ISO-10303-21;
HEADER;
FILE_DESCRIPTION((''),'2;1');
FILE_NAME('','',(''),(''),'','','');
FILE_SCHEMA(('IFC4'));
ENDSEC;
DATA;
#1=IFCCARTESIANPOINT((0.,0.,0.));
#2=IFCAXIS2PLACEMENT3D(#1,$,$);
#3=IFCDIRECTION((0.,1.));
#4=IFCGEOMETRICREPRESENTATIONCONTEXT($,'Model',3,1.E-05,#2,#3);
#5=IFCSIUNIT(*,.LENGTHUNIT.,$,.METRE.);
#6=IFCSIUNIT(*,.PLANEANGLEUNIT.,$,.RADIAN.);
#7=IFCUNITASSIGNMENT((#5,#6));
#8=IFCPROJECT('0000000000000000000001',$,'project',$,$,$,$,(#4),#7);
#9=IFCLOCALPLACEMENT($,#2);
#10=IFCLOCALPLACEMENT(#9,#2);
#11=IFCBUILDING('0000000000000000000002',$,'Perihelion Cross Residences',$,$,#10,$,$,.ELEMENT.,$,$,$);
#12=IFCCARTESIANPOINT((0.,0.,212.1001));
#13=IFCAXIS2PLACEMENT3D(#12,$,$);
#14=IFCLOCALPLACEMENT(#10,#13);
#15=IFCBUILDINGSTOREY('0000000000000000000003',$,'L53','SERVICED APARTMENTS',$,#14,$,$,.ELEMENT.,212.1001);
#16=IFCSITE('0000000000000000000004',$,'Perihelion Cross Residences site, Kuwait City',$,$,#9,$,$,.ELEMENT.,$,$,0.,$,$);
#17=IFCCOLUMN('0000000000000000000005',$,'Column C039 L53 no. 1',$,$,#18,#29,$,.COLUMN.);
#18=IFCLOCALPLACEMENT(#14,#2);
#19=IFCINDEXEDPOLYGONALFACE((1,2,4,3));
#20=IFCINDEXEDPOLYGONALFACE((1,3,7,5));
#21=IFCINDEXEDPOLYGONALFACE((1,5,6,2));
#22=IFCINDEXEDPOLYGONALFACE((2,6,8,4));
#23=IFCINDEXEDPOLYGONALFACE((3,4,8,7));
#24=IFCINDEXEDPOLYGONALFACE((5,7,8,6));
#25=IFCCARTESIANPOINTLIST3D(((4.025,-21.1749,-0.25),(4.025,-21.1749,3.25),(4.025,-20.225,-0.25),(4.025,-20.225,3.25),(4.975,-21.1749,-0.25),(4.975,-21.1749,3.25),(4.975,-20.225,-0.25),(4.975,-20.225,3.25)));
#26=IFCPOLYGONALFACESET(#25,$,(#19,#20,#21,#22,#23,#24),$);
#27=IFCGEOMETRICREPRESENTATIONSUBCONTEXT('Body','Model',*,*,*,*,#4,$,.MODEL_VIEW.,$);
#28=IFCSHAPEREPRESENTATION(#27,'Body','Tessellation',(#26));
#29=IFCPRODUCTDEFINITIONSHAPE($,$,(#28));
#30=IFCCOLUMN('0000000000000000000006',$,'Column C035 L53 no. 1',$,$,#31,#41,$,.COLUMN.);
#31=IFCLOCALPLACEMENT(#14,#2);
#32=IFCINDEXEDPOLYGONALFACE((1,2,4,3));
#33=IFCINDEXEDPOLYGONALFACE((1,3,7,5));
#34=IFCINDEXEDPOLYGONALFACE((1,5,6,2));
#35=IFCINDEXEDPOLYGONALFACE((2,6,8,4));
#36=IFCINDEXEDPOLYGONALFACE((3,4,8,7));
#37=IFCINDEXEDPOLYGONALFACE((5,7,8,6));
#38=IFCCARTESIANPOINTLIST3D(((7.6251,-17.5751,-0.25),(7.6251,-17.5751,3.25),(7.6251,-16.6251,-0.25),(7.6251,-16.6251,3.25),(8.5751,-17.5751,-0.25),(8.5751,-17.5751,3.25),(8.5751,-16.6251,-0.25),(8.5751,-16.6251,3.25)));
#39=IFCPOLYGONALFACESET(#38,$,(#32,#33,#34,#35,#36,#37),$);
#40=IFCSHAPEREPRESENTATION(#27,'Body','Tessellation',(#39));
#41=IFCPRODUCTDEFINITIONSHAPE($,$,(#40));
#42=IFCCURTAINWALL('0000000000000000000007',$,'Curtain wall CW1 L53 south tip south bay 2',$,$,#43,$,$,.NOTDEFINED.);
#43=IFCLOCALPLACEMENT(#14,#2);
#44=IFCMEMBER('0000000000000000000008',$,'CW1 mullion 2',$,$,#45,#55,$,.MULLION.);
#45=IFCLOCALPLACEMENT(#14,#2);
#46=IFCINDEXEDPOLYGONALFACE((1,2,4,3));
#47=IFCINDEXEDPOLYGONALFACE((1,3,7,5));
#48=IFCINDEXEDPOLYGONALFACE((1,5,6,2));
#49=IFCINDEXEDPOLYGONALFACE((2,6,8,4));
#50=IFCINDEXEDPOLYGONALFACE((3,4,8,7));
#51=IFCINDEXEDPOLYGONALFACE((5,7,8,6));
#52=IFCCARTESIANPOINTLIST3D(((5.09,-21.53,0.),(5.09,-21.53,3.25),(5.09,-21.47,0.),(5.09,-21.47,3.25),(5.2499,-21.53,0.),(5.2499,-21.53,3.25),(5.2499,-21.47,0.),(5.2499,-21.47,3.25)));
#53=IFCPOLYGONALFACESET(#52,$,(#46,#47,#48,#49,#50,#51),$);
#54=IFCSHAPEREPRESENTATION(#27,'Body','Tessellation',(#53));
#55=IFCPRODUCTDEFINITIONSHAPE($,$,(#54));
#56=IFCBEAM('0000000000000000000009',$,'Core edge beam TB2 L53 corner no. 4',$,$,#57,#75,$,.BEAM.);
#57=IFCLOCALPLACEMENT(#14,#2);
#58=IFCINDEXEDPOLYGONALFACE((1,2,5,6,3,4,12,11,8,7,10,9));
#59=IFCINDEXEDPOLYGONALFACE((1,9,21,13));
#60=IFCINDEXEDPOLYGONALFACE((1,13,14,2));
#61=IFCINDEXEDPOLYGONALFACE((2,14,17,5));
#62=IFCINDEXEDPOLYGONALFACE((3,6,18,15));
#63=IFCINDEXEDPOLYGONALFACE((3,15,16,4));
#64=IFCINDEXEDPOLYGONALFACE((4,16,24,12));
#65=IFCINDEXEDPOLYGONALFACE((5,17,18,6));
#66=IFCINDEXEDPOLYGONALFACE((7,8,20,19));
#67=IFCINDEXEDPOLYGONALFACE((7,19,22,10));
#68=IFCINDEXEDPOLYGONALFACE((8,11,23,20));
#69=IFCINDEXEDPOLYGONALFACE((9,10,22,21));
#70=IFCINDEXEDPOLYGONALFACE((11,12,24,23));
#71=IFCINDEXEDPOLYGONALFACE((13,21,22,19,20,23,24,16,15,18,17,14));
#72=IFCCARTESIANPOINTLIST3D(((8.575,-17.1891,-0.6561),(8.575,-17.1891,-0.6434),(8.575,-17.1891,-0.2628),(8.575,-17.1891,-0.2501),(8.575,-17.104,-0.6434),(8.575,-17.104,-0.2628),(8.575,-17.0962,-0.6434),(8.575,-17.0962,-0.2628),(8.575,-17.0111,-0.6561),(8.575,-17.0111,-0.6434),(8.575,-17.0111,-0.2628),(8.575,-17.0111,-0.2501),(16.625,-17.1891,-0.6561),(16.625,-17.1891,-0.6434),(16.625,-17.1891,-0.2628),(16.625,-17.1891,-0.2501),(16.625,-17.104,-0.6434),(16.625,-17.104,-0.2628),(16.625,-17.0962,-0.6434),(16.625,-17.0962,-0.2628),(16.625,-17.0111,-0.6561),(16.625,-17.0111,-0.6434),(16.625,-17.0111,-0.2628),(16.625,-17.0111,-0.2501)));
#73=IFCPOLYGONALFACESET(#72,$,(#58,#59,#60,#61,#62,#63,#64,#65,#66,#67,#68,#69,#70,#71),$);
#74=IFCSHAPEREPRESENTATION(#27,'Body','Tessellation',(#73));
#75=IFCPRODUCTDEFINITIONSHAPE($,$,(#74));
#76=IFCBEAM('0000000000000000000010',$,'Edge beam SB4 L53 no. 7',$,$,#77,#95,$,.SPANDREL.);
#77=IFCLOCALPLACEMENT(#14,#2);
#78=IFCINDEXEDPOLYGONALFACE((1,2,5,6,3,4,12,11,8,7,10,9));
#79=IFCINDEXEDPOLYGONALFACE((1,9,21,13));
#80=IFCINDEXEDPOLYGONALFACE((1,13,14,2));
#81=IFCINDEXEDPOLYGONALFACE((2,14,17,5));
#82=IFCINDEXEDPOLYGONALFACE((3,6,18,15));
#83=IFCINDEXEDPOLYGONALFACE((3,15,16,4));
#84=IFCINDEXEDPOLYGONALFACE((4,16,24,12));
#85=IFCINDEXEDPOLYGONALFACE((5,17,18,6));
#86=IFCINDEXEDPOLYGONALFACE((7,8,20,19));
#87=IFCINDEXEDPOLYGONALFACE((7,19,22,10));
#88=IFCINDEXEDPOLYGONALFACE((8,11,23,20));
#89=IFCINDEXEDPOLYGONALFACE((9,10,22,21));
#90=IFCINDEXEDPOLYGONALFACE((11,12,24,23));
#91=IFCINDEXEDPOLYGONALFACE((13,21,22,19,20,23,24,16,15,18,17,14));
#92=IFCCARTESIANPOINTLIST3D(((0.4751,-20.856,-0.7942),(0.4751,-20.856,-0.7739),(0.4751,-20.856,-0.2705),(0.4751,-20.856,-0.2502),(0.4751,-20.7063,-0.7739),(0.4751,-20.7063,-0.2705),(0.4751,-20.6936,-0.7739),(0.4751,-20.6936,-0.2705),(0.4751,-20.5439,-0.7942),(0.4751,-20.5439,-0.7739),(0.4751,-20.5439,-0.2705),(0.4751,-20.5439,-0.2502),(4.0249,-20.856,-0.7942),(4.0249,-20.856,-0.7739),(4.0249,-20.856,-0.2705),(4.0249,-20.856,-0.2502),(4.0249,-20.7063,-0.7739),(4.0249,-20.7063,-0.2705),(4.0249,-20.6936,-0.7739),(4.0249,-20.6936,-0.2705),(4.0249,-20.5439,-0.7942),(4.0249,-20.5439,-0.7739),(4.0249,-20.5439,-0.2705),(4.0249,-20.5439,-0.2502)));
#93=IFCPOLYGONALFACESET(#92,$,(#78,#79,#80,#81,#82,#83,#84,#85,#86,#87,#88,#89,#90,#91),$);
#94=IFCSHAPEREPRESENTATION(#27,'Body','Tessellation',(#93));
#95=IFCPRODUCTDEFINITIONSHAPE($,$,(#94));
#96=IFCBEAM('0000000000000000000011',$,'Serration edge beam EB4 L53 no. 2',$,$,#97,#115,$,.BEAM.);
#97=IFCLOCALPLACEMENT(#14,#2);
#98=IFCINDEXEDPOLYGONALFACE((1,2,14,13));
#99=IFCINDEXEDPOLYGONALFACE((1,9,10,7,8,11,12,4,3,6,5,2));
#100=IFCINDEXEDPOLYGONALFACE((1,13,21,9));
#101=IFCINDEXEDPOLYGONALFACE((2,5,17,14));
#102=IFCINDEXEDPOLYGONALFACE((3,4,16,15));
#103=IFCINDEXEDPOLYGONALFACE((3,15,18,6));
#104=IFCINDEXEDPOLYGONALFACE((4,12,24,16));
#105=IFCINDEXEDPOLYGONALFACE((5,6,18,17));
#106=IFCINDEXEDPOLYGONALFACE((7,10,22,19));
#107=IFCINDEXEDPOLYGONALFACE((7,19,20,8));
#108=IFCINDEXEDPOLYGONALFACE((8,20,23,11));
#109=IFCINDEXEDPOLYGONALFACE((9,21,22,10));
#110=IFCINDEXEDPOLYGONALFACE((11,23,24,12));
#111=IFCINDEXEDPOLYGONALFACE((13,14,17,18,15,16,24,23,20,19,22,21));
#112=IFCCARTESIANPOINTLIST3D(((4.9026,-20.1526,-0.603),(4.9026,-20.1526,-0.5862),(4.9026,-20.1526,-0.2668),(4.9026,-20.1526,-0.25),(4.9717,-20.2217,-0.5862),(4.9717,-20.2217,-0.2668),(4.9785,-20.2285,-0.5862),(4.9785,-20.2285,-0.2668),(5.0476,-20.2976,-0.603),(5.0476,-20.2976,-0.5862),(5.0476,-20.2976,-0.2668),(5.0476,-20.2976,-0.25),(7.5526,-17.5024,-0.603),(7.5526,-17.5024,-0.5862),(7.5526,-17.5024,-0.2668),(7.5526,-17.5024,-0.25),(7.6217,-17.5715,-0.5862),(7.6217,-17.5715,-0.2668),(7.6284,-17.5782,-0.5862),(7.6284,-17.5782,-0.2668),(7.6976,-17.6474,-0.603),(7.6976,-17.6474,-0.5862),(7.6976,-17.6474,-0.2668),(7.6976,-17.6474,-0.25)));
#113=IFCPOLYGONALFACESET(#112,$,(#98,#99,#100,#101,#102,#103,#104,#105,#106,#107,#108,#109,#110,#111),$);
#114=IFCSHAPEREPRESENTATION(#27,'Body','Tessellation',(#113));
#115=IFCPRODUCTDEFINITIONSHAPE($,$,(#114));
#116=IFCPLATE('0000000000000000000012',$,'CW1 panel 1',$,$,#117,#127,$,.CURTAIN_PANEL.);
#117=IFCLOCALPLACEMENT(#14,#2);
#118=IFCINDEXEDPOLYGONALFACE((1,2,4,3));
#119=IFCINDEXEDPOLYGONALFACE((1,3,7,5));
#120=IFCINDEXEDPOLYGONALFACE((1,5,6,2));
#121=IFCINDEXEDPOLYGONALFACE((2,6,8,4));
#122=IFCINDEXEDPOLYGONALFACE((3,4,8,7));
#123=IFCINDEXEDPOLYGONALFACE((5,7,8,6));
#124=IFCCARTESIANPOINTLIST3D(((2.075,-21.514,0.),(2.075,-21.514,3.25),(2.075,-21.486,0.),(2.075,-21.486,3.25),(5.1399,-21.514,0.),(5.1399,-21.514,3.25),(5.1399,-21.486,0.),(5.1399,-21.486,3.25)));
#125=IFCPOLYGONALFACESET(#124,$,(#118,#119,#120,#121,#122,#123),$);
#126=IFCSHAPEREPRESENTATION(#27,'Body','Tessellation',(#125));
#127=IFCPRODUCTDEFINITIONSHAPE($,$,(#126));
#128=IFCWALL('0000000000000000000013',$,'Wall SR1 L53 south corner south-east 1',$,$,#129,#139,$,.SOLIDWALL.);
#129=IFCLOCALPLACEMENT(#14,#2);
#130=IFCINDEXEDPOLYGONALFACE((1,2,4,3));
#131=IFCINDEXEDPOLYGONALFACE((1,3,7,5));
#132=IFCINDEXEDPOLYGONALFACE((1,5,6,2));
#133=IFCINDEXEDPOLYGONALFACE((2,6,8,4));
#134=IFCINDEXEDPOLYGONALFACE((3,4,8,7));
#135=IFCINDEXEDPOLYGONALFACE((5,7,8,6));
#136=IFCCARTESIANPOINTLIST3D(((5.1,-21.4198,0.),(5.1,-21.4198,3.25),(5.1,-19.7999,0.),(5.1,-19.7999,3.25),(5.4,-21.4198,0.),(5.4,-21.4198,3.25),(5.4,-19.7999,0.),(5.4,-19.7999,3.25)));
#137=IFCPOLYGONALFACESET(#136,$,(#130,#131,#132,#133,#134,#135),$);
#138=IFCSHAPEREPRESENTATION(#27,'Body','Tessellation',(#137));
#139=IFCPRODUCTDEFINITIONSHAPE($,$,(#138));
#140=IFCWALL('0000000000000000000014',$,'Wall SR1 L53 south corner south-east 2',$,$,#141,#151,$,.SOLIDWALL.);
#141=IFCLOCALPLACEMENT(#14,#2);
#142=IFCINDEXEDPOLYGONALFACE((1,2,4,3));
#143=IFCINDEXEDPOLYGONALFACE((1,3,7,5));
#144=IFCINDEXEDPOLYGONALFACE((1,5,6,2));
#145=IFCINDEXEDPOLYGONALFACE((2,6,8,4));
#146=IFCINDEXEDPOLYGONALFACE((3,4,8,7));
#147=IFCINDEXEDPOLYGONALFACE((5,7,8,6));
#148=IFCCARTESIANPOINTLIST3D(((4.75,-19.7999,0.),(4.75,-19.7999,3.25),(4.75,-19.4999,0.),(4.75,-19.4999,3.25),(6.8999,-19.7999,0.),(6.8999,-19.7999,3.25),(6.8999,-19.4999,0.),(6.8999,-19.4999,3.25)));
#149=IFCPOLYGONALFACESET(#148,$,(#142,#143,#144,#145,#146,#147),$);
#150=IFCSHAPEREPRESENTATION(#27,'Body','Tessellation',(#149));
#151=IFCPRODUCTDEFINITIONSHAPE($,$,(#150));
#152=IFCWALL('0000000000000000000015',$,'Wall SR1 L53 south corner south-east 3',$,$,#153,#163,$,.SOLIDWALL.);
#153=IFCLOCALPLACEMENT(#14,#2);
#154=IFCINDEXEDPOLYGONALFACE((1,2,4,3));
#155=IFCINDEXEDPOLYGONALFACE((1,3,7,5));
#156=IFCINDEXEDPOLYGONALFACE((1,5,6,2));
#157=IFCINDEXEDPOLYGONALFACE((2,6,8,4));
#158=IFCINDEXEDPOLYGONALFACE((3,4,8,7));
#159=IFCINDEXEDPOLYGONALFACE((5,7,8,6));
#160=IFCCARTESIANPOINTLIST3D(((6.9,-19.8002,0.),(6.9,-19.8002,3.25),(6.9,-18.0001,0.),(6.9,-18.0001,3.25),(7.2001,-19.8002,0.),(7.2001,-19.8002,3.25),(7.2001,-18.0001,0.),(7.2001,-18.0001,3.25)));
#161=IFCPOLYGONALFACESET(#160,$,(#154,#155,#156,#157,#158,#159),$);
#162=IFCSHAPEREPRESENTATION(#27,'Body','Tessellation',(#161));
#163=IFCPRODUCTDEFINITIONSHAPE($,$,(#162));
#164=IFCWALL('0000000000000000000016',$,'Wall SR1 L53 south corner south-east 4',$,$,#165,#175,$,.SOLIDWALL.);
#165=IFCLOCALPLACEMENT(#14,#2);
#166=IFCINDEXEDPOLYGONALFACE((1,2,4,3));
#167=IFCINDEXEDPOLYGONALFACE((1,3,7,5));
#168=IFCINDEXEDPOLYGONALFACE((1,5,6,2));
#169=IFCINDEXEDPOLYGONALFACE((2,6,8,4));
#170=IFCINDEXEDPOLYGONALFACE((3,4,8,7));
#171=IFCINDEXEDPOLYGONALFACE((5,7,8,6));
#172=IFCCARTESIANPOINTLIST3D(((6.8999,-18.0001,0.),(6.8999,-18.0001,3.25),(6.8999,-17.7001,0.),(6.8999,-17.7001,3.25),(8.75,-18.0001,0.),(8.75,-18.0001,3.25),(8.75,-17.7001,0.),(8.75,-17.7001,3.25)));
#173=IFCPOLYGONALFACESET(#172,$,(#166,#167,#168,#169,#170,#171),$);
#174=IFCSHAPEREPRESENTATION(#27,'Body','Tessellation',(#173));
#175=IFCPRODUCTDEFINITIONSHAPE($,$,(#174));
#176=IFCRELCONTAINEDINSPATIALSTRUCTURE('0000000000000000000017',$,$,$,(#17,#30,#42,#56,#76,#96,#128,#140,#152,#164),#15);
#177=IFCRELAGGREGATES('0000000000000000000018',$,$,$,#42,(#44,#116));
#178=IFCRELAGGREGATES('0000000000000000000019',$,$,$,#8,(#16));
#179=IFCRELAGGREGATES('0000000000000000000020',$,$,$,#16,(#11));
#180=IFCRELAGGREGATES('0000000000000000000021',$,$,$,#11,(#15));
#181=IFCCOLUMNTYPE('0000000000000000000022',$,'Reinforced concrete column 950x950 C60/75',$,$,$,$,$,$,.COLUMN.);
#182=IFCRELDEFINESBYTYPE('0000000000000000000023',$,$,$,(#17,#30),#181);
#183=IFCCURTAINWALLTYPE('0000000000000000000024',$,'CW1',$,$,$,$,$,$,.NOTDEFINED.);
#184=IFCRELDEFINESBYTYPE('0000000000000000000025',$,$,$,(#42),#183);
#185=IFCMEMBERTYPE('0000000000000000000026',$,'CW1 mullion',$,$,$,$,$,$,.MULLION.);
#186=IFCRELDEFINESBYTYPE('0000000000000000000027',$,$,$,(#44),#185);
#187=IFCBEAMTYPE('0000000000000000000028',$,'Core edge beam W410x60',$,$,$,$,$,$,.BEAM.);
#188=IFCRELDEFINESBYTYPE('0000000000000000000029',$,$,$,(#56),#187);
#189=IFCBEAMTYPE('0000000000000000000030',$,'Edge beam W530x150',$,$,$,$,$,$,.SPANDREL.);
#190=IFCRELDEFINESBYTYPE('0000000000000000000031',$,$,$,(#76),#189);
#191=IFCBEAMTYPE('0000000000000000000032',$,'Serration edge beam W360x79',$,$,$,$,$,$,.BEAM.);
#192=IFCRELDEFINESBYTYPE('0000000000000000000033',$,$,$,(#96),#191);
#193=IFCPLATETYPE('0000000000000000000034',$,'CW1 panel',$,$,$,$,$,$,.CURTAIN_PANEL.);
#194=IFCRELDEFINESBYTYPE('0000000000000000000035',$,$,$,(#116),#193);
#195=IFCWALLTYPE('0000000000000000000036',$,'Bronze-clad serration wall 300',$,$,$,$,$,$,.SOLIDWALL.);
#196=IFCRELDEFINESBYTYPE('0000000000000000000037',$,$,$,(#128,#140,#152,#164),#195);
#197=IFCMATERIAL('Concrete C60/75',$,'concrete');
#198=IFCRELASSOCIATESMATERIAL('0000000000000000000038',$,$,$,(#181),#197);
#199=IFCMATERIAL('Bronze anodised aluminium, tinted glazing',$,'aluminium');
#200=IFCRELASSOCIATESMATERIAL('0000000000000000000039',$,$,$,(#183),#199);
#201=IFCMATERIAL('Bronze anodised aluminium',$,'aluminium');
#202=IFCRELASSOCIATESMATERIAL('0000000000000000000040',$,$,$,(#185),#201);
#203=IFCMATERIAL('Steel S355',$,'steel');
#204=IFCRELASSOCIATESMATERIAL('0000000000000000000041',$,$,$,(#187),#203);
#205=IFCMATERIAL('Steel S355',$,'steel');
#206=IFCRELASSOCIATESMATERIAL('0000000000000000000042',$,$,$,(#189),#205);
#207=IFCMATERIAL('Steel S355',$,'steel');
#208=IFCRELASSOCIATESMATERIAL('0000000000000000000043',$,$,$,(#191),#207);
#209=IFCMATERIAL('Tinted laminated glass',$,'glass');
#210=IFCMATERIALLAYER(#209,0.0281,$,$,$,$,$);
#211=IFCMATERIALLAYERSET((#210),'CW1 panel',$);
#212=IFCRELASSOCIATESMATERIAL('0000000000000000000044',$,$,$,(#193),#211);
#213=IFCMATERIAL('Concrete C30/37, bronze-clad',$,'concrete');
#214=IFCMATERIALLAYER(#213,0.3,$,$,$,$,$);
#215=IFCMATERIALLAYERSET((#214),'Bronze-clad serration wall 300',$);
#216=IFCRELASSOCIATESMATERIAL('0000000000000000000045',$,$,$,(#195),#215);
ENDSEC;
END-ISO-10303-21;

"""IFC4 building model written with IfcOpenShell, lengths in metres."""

from ifc_helpers import new_model, si_unit, direction, frame, frame_2d, origin, origin_2d, place, context, subcontext, project, spatial, rectangle, i_section, extrude, material, layer, layer_set, material_profile, profile_set, type_object, element, aggregate, save


model = new_model("IFC4")

# Units and contexts
model_context = context("Model", 3, precision=1e-05, world=origin(), true_north=direction((0.0, 1.0)))
body_context = subcontext(model_context, "Body", "Model", "MODEL_VIEW")
ifc_project = project(units=[si_unit("LENGTHUNIT", "METRE"), si_unit("PLANEANGLEUNIT", "RADIAN")], contexts=[model_context])

# Site, building, storey
site_placement = place(None, origin())
site = spatial("IfcSite", under=ifc_project, at=site_placement, Name="Perihelion Cross Residences site, Kuwait City", CompositionType="ELEMENT", RefElevation=0.0)
building_placement = place(site_placement, origin())
building = spatial("IfcBuilding", under=site, at=building_placement, Name="Perihelion Cross Residences", CompositionType="ELEMENT")
storey_placement = place(building_placement, frame((0.0, 0.0, 212.1001)))
storey = spatial("IfcBuildingStorey", under=building, at=storey_placement, Name="L53", Description="SERVICED APARTMENTS", CompositionType="ELEMENT", Elevation=212.1001)

# Columns
ifc_material_1 = material(Name="Concrete C60/75", Category="concrete")
ifc_material_profile_1 = material_profile(ifc_material_1, rectangle(XDim=0.95, YDim=0.95, at=origin_2d()), Name="RC 950x950")
ifc_profile_set_1 = profile_set([ifc_material_profile_1], Name="Concrete C60/75")
column_type = type_object("IfcColumnType", Name="Reinforced concrete column 950x950 C60/75", PredefinedType="COLUMN", material=ifc_profile_set_1)
for number, where, z_axis, x_axis, name in (
    (1, (4.5, -20.7, -0.25), (0.0, 0.0, 1.0), (1.0, 0.0, 0.0), "Column C039 L53 no. 1"),
    (2, (8.1001, -17.1001, -0.25), (0.0, 0.0, 1.0), (1.0, 0.0, 0.0), "Column C035 L53 no. 1"),
):
    element("IfcColumn", number, at=place(storey_placement, frame(where, z_axis=z_axis, x_axis=x_axis)), inside=storey, type_object=column_type, Name=name, PredefinedType="COLUMN", context=body_context, shape_type="SweptSolid", body=[
        extrude(rectangle(XDim=0.95, YDim=0.95, at=origin_2d()), origin(), (0.0, 0.0, 1.0), 3.5),
    ])

# Curtain wall, member
ifc_material_2 = material(Name="Bronze anodised aluminium, tinted glazing", Category="aluminium")
curtain_wall_type = type_object("IfcCurtainWallType", Name="CW1", PredefinedType="NOTDEFINED", material=ifc_material_2)
curtain_wall_placement = place(storey_placement, origin())
curtain_wall = element("IfcCurtainWall", 3, at=curtain_wall_placement, inside=storey, type_object=curtain_wall_type, Name="Curtain wall CW1 L53 south tip south bay 2", PredefinedType="NOTDEFINED")
ifc_material_3 = material(Name="Bronze anodised aluminium", Category="aluminium")
ifc_material_profile_2 = material_profile(ifc_material_3, rectangle(XDim=0.0601, YDim=0.1599, at=origin_2d()), Name="CW1 mullion")
ifc_profile_set_2 = profile_set([ifc_material_profile_2], Name="Bronze anodised aluminium")
member_type = type_object("IfcMemberType", Name="CW1 mullion", PredefinedType="MULLION", material=ifc_profile_set_2)
member_placement = place(storey_placement, frame((5.1699, -21.5, 0.0), z_axis=(0.0, 0.0, 1.0), x_axis=(0.0, 1.0, 0.0)))
member = element("IfcMember", 4, at=member_placement, type_object=member_type, Name="CW1 mullion 2", PredefinedType="MULLION", context=body_context, shape_type="SweptSolid", body=[
    extrude(rectangle(XDim=0.0601, YDim=0.1599, at=origin_2d()), origin(), (0.0, 0.0, 1.0), 3.25),
])

# Beams
ifc_material_4 = material(Name="Steel S355", Category="steel")
ifc_material_profile_3 = material_profile(ifc_material_4, i_section(OverallWidth=0.178, OverallDepth=0.406, WebThickness=0.0078, FlangeThickness=0.0127, at=origin_2d()), Name="W410x60")
ifc_profile_set_3 = profile_set([ifc_material_profile_3], Name="Steel S355")
beam_type_1 = type_object("IfcBeamType", Name="Core edge beam W410x60", PredefinedType="BEAM", material=ifc_profile_set_3)
beam_1_placement = place(storey_placement, frame((8.575, -17.1001, -0.4531), z_axis=(1.0, 0.0, 0.0), x_axis=(0.0, 1.0, 0.0)))
element("IfcBeam", 5, at=beam_1_placement, inside=storey, type_object=beam_type_1, Name="Core edge beam TB2 L53 corner no. 4", PredefinedType="BEAM", context=body_context, shape_type="SweptSolid", body=[
    extrude(i_section(OverallWidth=0.178, OverallDepth=0.406, WebThickness=0.0078, FlangeThickness=0.0127, at=origin_2d()), origin(), (0.0, 0.0, 1.0), 8.05),
])
ifc_material_5 = material(Name="Steel S355", Category="steel")
ifc_material_profile_4 = material_profile(ifc_material_5, i_section(OverallWidth=0.312, OverallDepth=0.5439, WebThickness=0.0127, FlangeThickness=0.0203, at=origin_2d()), Name="W530x150")
ifc_profile_set_4 = profile_set([ifc_material_profile_4], Name="Steel S355")
beam_type_2 = type_object("IfcBeamType", Name="Edge beam W530x150", PredefinedType="SPANDREL", material=ifc_profile_set_4)
beam_2_placement = place(storey_placement, frame((0.4751, -20.7, -0.5222), z_axis=(1.0, 0.0, 0.0), x_axis=(0.0, 1.0, 0.0)))
element("IfcBeam", 6, at=beam_2_placement, inside=storey, type_object=beam_type_2, Name="Edge beam SB4 L53 no. 7", PredefinedType="SPANDREL", context=body_context, shape_type="SweptSolid", body=[
    extrude(i_section(OverallWidth=0.312, OverallDepth=0.5439, WebThickness=0.0127, FlangeThickness=0.0203, at=origin_2d()), origin(), (0.0, 0.0, 1.0), 3.5498),
])
ifc_material_6 = material(Name="Steel S355", Category="steel")
ifc_material_profile_5 = material_profile(ifc_material_6, i_section(OverallWidth=0.2051, OverallDepth=0.353, WebThickness=0.0095, FlangeThickness=0.0168, at=origin_2d()), Name="W360x79")
ifc_profile_set_5 = profile_set([ifc_material_profile_5], Name="Steel S355")
beam_type_3 = type_object("IfcBeamType", Name="Serration edge beam W360x79", PredefinedType="BEAM", material=ifc_profile_set_5)
beam_3_placement = place(storey_placement, frame((4.9751, -20.2251, -0.4265), z_axis=(0.707074, 0.707139, 0.0), x_axis=(-0.707139, 0.707074, 0.0)))
element("IfcBeam", 7, at=beam_3_placement, inside=storey, type_object=beam_type_3, Name="Serration edge beam EB4 L53 no. 2", PredefinedType="BEAM", context=body_context, shape_type="SweptSolid", body=[
    extrude(i_section(OverallWidth=0.2051, OverallDepth=0.353, WebThickness=0.0095, FlangeThickness=0.0168, at=origin_2d()), origin(), (0.0, 0.0, 1.0), 3.7478),
])

# Plate
ifc_material_7 = material(Name="Tinted laminated glass", Category="glass")
ifc_layer_1 = layer(ifc_material_7, 0.0281)
ifc_layer_set_1 = layer_set([ifc_layer_1], Name="CW1 panel")
plate_type = type_object("IfcPlateType", Name="CW1 panel", PredefinedType="CURTAIN_PANEL", material=ifc_layer_set_1)
plate_placement = place(storey_placement, frame((3.6074, -21.5, 0.0), z_axis=(0.0, 0.0, 1.0), x_axis=(1.0, 0.0, 0.0)))
plate = element("IfcPlate", 8, at=plate_placement, type_object=plate_type, Name="CW1 panel 1", PredefinedType="CURTAIN_PANEL", context=body_context, shape_type="SweptSolid", body=[
    extrude(rectangle(XDim=3.0649, YDim=0.0281, at=origin_2d()), origin(), (0.0, 0.0, 1.0), 3.25),
])
aggregate(curtain_wall, [member, plate])

# Walls
ifc_material_8 = material(Name="Concrete C30/37, bronze-clad", Category="concrete")
ifc_layer_2 = layer(ifc_material_8, 0.3)
ifc_layer_set_2 = layer_set([ifc_layer_2], Name="Bronze-clad serration wall 300")
wall_type_1 = type_object("IfcWallType", Name="Bronze-clad serration wall 300", PredefinedType="SOLIDWALL", material=ifc_layer_set_2)
wall_1_placement = place(storey_placement, frame((5.25, -21.4199, 0.0), z_axis=(0.0, 0.0, 1.0), x_axis=(0.0, 1.0, 0.0)))
element("IfcWall", 9, at=wall_1_placement, inside=storey, type_object=wall_type_1, Name="Wall SR1 L53 south corner south-east 1", PredefinedType="SOLIDWALL", context=body_context, shape_type="SweptSolid", body=[
    extrude(rectangle(XDim=1.6199, YDim=0.3, at=frame_2d((0.8101, 0.0))), origin(), (0.0, 0.0, 1.0), 3.25),
])
wall_2_placement = place(storey_placement, frame((4.75, -19.6499, 0.0), z_axis=(0.0, 0.0, 1.0), x_axis=(1.0, 0.0, 0.0)))
element("IfcWall", 10, at=wall_2_placement, inside=storey, type_object=wall_type_1, Name="Wall SR1 L53 south corner south-east 2", PredefinedType="SOLIDWALL", context=body_context, shape_type="SweptSolid", body=[
    extrude(rectangle(XDim=2.1499, YDim=0.3, at=frame_2d((1.075, 0.0))), origin(), (0.0, 0.0, 1.0), 3.25),
])
wall_3_placement = place(storey_placement, frame((7.05, -19.8, 0.0), z_axis=(0.0, 0.0, 1.0), x_axis=(0.0, 1.0, 0.0)))
element("IfcWall", 11, at=wall_3_placement, inside=storey, type_object=wall_type_1, Name="Wall SR1 L53 south corner south-east 3", PredefinedType="SOLIDWALL", context=body_context, shape_type="SweptSolid", body=[
    extrude(rectangle(XDim=1.8, YDim=0.3, at=frame_2d((0.8999, 0.0))), origin(), (0.0, 0.0, 1.0), 3.25),
])
wall_4_placement = place(storey_placement, frame((6.8999, -17.8501, 0.0), z_axis=(0.0, 0.0, 1.0), x_axis=(1.0, 0.0, 0.0)))
element("IfcWall", 12, at=wall_4_placement, inside=storey, type_object=wall_type_1, Name="Wall SR1 L53 south corner south-east 4", PredefinedType="SOLIDWALL", context=body_context, shape_type="SweptSolid", body=[
    extrude(rectangle(XDim=1.8501, YDim=0.3, at=frame_2d((0.925, 0.0))), origin(), (0.0, 0.0, 1.0), 3.25),
])

save(model, "model.ifc")
